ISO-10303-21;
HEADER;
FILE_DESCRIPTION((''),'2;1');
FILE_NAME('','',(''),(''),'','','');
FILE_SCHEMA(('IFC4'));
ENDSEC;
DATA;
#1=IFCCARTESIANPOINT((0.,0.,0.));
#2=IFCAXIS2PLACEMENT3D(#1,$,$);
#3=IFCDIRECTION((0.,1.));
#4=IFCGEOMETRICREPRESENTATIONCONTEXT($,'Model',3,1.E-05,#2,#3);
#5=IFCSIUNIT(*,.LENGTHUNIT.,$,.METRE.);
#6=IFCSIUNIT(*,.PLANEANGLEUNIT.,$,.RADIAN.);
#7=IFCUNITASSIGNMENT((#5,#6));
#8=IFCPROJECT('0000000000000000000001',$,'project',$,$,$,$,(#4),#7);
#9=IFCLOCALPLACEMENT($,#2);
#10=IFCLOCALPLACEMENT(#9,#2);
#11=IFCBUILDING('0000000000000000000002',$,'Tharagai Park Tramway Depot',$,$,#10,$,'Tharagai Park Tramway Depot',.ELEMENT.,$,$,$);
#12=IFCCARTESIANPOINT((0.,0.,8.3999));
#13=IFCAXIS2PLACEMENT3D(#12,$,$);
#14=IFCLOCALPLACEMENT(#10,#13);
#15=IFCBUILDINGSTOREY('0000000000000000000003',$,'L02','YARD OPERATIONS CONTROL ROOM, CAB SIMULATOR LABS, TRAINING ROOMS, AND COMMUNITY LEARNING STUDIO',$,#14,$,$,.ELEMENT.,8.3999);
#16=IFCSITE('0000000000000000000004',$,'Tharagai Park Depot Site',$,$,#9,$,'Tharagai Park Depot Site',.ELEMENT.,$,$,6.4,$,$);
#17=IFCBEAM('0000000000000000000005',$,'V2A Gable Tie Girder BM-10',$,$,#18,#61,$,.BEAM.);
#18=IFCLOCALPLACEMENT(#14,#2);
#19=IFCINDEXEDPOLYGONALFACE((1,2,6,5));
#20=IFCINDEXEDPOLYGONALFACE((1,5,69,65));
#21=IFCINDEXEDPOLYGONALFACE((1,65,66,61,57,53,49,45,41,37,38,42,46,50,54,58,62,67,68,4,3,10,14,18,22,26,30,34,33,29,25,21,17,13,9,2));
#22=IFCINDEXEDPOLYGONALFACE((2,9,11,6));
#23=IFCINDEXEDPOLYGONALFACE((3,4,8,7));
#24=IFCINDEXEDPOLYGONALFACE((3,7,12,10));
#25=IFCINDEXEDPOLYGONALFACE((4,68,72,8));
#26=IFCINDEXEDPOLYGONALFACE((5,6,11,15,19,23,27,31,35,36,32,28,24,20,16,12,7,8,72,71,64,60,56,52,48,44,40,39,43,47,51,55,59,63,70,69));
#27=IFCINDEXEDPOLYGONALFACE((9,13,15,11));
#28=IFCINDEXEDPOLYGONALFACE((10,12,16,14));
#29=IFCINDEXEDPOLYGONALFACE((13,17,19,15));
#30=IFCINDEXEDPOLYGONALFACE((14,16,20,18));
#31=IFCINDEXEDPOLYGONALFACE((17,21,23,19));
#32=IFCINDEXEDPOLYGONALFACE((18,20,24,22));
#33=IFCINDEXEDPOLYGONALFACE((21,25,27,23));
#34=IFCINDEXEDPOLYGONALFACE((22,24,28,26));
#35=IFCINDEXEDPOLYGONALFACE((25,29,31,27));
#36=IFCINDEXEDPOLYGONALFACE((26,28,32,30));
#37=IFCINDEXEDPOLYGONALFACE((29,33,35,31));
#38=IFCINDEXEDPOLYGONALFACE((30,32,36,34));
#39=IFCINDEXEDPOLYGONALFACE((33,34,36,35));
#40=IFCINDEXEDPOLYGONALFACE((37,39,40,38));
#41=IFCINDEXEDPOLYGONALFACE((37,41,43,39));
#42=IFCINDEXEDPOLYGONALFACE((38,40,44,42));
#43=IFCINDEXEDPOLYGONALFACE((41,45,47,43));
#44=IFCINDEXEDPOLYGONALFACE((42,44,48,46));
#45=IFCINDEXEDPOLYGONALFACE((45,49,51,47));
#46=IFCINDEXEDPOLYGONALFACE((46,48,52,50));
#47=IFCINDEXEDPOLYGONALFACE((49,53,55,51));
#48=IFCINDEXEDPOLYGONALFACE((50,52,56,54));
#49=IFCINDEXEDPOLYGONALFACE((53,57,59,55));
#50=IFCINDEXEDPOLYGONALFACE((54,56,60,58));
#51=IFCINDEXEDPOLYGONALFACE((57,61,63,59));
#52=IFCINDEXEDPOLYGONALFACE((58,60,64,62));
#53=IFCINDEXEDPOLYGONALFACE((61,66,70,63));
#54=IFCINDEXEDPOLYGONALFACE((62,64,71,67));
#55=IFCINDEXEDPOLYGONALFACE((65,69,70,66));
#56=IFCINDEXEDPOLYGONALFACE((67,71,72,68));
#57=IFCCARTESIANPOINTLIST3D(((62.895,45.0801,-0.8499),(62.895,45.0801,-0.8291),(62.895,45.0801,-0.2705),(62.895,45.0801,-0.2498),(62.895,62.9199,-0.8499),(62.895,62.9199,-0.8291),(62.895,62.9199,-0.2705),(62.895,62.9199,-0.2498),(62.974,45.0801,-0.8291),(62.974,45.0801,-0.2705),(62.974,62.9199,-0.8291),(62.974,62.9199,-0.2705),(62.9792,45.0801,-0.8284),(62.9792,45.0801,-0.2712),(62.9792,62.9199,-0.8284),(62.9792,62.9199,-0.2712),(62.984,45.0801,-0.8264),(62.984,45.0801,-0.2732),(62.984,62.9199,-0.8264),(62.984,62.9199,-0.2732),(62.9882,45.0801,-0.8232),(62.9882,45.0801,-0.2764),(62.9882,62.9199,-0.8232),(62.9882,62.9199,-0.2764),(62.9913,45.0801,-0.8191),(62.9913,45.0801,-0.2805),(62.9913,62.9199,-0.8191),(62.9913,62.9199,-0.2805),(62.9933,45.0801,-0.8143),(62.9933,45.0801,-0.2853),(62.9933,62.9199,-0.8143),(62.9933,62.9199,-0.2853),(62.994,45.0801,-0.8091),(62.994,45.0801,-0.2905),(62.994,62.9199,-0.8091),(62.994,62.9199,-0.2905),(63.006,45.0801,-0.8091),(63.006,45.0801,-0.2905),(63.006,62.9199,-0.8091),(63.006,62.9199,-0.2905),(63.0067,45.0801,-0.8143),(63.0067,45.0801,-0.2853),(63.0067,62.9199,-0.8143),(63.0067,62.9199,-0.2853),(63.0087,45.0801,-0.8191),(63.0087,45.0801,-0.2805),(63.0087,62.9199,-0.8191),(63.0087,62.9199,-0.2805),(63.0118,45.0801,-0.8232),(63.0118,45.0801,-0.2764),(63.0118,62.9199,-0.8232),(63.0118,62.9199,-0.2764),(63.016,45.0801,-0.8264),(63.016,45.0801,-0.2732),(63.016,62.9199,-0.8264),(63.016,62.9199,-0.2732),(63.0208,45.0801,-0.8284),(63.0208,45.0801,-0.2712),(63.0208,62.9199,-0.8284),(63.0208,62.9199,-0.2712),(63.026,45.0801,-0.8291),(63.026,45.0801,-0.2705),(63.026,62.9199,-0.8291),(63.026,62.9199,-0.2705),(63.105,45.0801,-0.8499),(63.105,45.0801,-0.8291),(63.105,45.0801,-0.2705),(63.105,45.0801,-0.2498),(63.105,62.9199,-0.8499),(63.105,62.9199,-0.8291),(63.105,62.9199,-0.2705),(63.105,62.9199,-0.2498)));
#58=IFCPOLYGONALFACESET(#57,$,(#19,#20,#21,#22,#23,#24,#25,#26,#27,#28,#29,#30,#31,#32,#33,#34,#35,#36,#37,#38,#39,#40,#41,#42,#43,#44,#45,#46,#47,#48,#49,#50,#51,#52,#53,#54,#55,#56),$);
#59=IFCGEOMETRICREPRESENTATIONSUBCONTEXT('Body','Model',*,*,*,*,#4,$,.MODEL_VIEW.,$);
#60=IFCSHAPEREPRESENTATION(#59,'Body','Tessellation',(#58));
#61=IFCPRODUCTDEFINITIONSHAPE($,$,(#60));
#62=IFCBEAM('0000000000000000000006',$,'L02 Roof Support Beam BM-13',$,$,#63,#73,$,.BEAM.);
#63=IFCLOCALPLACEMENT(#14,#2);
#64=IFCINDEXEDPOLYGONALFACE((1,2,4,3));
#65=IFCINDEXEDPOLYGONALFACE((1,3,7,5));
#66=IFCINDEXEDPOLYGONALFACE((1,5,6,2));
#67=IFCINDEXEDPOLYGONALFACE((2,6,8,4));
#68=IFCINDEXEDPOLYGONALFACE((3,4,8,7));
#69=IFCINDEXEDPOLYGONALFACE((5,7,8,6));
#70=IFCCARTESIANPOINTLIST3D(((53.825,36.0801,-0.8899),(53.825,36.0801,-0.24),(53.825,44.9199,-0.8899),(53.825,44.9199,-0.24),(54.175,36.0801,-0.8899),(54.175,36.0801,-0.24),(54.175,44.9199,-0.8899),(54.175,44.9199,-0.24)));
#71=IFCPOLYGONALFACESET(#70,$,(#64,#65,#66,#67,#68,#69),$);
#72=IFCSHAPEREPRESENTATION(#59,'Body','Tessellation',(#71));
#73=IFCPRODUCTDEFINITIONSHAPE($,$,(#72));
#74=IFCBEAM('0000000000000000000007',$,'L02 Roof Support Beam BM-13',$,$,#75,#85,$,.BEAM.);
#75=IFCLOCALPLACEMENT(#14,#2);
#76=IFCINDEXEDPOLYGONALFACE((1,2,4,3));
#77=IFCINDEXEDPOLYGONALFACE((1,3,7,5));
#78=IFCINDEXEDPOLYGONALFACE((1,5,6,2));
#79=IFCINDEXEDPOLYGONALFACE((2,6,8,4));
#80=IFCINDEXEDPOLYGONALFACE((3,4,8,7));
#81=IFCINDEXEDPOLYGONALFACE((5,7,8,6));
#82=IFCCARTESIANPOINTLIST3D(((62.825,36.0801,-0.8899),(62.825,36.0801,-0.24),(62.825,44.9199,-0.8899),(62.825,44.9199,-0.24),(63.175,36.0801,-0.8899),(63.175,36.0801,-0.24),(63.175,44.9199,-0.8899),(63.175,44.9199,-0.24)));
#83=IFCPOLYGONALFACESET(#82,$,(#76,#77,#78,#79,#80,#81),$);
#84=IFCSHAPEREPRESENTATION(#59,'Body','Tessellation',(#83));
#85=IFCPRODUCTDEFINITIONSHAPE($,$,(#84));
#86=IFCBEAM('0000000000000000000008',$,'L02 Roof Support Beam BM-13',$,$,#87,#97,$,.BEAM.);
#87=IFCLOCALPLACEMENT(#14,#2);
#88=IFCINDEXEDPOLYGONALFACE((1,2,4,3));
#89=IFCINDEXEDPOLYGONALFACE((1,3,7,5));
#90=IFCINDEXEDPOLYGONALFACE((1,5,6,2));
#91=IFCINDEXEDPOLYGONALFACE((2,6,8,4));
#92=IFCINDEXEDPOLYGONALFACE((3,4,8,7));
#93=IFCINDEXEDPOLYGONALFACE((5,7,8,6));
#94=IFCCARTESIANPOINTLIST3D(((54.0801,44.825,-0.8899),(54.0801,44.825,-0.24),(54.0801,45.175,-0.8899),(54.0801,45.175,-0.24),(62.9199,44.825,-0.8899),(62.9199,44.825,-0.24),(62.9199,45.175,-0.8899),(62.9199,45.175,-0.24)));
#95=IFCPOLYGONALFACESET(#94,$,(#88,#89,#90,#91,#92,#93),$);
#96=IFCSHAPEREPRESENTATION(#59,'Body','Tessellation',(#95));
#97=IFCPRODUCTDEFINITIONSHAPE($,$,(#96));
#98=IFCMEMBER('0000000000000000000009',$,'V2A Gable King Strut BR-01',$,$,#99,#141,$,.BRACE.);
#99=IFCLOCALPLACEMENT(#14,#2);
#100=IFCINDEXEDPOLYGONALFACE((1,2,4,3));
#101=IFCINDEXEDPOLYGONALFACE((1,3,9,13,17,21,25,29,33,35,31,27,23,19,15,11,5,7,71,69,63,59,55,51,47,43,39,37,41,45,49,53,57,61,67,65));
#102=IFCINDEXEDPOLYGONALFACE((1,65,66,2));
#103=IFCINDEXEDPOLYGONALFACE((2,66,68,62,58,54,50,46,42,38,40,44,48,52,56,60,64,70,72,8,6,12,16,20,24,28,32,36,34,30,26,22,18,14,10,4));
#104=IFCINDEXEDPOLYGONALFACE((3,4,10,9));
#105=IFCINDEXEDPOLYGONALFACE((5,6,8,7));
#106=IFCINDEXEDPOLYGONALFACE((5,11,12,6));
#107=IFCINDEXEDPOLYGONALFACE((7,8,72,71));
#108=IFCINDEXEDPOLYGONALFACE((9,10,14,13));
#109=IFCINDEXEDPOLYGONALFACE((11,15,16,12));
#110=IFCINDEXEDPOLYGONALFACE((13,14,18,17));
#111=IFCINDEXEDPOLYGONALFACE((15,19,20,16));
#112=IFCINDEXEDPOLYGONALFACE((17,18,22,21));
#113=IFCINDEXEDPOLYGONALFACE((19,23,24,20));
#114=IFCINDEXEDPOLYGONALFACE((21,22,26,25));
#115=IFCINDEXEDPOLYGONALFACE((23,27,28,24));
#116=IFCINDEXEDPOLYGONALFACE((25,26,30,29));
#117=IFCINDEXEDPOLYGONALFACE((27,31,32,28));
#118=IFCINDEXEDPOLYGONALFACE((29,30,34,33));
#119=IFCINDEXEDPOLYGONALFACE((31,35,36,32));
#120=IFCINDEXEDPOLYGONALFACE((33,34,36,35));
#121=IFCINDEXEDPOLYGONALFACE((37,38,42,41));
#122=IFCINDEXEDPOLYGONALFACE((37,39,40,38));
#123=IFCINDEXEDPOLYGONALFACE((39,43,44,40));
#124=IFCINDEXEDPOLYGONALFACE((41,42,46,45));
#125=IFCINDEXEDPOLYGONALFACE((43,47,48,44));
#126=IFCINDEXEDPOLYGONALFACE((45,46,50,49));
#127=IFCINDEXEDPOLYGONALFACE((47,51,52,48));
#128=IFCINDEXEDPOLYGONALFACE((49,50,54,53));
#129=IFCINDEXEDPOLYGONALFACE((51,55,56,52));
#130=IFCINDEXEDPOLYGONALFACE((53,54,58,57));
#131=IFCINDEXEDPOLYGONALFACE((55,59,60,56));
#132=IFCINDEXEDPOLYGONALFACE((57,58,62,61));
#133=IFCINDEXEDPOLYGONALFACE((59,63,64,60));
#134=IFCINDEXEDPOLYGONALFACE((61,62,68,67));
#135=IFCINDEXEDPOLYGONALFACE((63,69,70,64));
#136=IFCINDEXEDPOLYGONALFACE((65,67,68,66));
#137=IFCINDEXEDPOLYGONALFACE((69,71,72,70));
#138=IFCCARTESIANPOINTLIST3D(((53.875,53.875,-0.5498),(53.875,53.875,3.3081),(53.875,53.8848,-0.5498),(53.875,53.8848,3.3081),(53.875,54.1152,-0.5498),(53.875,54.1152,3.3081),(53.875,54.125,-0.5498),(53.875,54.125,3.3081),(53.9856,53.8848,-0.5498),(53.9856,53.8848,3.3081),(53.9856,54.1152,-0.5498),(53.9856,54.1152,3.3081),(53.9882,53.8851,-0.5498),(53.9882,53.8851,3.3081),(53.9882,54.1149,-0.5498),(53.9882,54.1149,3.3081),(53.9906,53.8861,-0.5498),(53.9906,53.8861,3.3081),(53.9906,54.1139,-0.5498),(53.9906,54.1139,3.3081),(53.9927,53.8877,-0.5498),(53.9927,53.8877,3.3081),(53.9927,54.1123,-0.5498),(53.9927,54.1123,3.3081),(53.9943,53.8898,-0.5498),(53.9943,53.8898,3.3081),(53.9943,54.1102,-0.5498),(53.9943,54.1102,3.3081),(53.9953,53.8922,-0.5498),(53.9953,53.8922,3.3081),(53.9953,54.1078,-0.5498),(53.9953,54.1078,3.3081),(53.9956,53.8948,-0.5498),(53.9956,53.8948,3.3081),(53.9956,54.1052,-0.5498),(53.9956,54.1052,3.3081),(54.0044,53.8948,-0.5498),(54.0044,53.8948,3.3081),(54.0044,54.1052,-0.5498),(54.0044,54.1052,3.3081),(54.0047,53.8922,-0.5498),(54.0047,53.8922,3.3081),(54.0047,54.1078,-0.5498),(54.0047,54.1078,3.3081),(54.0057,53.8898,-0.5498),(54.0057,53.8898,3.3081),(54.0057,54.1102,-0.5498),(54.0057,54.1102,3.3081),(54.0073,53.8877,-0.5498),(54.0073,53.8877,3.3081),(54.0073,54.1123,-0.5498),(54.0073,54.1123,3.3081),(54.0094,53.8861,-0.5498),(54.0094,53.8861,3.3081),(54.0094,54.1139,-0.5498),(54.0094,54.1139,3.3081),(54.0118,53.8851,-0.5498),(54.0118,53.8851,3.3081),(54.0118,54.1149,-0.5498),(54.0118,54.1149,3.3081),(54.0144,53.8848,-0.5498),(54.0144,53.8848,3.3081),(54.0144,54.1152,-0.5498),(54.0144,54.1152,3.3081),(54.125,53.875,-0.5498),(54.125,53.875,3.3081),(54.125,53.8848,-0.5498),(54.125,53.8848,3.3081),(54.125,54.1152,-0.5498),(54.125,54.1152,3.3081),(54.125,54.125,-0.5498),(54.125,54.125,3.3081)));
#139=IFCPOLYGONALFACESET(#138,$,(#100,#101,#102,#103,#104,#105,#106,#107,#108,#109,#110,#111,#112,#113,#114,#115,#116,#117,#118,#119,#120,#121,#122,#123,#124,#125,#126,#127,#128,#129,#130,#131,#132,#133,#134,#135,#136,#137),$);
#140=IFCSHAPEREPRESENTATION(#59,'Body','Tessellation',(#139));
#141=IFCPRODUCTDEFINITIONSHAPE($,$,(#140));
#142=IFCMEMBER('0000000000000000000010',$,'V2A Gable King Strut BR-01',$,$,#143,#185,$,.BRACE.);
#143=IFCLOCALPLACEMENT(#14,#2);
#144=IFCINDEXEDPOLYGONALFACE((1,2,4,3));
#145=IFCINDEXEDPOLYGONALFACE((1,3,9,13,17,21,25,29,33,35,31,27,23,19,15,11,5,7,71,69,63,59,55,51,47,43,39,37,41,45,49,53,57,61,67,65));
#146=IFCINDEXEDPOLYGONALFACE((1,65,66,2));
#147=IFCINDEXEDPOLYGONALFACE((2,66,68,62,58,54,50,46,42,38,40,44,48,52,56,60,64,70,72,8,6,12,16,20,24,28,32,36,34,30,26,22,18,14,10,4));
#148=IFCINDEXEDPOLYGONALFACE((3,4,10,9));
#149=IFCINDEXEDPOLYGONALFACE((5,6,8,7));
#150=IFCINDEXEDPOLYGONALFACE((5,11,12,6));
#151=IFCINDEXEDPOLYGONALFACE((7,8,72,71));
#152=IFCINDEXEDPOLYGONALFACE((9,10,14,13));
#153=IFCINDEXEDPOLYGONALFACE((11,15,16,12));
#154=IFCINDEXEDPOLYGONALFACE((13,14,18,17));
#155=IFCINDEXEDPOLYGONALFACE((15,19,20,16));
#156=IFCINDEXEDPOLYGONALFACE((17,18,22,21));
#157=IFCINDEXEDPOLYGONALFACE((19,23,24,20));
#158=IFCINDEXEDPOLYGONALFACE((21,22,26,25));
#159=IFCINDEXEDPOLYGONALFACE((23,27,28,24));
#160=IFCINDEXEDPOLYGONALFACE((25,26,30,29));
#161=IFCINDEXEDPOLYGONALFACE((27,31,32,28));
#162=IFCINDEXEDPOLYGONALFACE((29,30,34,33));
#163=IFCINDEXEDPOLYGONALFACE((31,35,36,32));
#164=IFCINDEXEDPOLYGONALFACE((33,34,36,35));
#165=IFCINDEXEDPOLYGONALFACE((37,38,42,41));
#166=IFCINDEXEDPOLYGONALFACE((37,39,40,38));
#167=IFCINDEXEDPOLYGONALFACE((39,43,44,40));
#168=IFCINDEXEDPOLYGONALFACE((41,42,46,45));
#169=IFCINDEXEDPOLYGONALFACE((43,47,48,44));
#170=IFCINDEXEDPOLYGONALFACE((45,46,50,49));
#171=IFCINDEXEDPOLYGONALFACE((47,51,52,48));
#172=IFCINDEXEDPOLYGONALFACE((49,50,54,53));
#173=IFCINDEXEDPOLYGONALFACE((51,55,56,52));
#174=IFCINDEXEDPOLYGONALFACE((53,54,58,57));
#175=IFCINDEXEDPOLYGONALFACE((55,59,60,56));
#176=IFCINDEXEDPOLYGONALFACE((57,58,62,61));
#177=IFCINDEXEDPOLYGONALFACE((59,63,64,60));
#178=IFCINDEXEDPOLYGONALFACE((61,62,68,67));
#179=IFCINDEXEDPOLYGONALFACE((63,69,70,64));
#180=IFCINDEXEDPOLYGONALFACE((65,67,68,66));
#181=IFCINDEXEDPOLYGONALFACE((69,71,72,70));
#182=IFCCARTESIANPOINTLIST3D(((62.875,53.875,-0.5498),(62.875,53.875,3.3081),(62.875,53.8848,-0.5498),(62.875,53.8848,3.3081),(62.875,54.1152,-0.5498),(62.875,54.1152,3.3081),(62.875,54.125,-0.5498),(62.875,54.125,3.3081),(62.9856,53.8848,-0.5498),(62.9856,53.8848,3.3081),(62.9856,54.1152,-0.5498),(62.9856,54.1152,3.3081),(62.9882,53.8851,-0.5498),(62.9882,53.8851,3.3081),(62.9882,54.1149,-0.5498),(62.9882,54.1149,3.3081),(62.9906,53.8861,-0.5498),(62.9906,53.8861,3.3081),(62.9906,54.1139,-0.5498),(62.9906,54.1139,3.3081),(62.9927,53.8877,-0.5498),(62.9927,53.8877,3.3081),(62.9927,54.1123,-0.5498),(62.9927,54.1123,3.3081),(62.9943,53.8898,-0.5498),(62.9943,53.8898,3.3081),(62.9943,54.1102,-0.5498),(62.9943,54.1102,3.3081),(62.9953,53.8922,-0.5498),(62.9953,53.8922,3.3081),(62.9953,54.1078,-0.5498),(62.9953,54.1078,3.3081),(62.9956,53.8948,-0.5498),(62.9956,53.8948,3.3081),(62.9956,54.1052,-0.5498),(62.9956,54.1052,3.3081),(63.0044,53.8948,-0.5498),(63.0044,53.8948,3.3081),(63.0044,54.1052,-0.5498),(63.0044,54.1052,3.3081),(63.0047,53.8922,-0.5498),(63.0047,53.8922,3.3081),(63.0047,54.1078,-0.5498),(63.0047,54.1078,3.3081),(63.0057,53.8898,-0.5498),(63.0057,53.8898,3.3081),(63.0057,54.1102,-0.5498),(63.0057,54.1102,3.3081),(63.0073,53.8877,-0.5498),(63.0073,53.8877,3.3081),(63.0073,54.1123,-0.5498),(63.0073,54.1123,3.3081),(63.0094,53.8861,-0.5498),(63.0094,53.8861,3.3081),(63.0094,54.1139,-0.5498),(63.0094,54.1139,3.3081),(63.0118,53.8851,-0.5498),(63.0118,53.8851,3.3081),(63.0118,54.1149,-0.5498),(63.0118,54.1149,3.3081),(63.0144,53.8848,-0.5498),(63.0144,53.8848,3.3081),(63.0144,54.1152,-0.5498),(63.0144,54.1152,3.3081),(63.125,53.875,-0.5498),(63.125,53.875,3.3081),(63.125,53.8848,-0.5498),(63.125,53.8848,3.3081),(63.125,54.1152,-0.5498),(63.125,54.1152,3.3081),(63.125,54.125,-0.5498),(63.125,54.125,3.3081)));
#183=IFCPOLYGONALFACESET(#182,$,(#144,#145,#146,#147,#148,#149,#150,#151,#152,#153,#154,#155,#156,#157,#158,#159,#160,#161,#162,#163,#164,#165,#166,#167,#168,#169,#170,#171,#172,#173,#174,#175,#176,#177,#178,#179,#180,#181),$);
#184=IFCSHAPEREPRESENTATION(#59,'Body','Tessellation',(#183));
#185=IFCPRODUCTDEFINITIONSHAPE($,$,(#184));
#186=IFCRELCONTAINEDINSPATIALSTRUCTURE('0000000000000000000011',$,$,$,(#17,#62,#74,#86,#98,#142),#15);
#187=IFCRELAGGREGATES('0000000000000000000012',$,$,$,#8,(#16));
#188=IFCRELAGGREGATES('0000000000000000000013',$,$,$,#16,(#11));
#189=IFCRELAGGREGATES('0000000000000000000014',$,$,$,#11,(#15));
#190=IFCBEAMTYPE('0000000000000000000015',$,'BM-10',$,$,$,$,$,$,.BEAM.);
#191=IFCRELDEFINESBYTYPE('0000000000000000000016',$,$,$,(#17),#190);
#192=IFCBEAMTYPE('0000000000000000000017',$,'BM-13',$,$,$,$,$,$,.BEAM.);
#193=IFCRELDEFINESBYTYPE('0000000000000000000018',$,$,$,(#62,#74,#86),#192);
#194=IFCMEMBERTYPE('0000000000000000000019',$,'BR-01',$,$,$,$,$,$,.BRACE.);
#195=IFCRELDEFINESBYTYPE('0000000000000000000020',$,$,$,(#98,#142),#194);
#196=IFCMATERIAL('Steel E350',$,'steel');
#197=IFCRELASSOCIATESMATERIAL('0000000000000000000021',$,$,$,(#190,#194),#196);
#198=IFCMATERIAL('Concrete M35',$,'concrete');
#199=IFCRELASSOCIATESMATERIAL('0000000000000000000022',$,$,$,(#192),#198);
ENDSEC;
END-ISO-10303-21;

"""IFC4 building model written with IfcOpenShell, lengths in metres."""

from ifc_helpers import new_model, si_unit, direction, frame, origin, origin_2d, place, context, subcontext, project, spatial, rectangle, i_section, extrude, material, material_profile, profile_set, type_object, element, save


model = new_model("IFC4")

# Units and contexts
model_context = context("Model", 3, precision=1e-05, world=origin(), true_north=direction((0.0, 1.0)))
body_context = subcontext(model_context, "Body", "Model", "MODEL_VIEW")
ifc_project = project(units=[si_unit("LENGTHUNIT", "METRE"), si_unit("PLANEANGLEUNIT", "RADIAN")], contexts=[model_context])

# Site, building, storey
site_placement = place(None, origin())
site = spatial("IfcSite", under=ifc_project, at=site_placement, Name="Tharagai Park Depot Site", LongName="Tharagai Park Depot Site", CompositionType="ELEMENT", RefElevation=6.4)
building_placement = place(site_placement, origin())
building = spatial("IfcBuilding", under=site, at=building_placement, Name="Tharagai Park Tramway Depot", LongName="Tharagai Park Tramway Depot", CompositionType="ELEMENT")
storey_placement = place(building_placement, frame((0.0, 0.0, 8.3999)))
storey = spatial("IfcBuildingStorey", under=building, at=storey_placement, Name="L02", Description="YARD OPERATIONS CONTROL ROOM, CAB SIMULATOR LABS, TRAINING ROOMS, AND COMMUNITY LEARNING STUDIO", CompositionType="ELEMENT", Elevation=8.3999)

# Beams
ifc_material_1 = material(Name="Steel E350", Category="steel")
ifc_material_profile_1 = material_profile(ifc_material_1, i_section(OverallWidth=0.21, OverallDepth=0.6001, WebThickness=0.012, FlangeThickness=0.0208, FilletRadius=0.02, at=origin_2d()), Name="ISMB 600")
ifc_profile_set_1 = profile_set([ifc_material_profile_1], Name="Steel E350")
beam_type_1 = type_object("IfcBeamType", Name="BM-10", PredefinedType="BEAM", material=ifc_profile_set_1)
for number, where, z_axis, x_axis, name in (
    (1, (63.0, 45.0801, -0.5498), (0.0, 1.0, 0.0), (-1.0, 0.0, 0.0), "V2A Gable Tie Girder BM-10"),
):
    element("IfcBeam", number, at=place(storey_placement, frame(where, z_axis=z_axis, x_axis=x_axis)), inside=storey, type_object=beam_type_1, Name=name, PredefinedType="BEAM", context=body_context, shape_type="SweptSolid", body=[
        extrude(i_section(OverallWidth=0.21, OverallDepth=0.6001, WebThickness=0.012, FlangeThickness=0.0208, FilletRadius=0.02, at=origin_2d()), origin(), (0.0, 0.0, 1.0), 17.8398),
    ])
ifc_material_2 = material(Name="Concrete M35", Category="concrete")
ifc_material_profile_2 = material_profile(ifc_material_2, rectangle(XDim=0.3501, YDim=0.6499, at=origin_2d()), Name="RC 350x650")
ifc_profile_set_2 = profile_set([ifc_material_profile_2], Name="Concrete M35")
beam_type_2 = type_object("IfcBeamType", Name="BM-13", PredefinedType="BEAM", material=ifc_profile_set_2)
for number, where, z_axis, x_axis, name in (
    (2, (54.0, 36.0801, -0.5649), (0.0, 1.0, 0.0), (-1.0, 0.0, 0.0), "L02 Roof Support Beam BM-13"),
    (3, (63.0, 36.0801, -0.5649), (0.0, 1.0, 0.0), (-1.0, 0.0, 0.0), "L02 Roof Support Beam BM-13"),
    (4, (54.0801, 45.0, -0.5649), (1.0, 0.0, 0.0), (0.0, 1.0, 0.0), "L02 Roof Support Beam BM-13"),
):
    element("IfcBeam", number, at=place(storey_placement, frame(where, z_axis=z_axis, x_axis=x_axis)), inside=storey, type_object=beam_type_2, Name=name, PredefinedType="BEAM", context=body_context, shape_type="SweptSolid", body=[
        extrude(rectangle(XDim=0.3501, YDim=0.6499, at=origin_2d()), origin(), (0.0, 0.0, 1.0), 8.8398),
    ])

# Members
ifc_material_profile_3 = material_profile(ifc_material_1, i_section(OverallWidth=0.25, OverallDepth=0.25, WebThickness=0.0088, FlangeThickness=0.0098, FilletRadius=0.01, at=origin_2d()), Name="ISHB 250")
ifc_profile_set_3 = profile_set([ifc_material_profile_3], Name="Steel E350")
member_type_1 = type_object("IfcMemberType", Name="BR-01", PredefinedType="BRACE", material=ifc_profile_set_3)
for number, where, z_axis, x_axis, name in (
    (5, (54.0, 54.0, -0.5498), (0.0, 0.0, 1.0), (1.0, 0.0, 0.0), "V2A Gable King Strut BR-01"),
    (6, (63.0, 54.0, -0.5498), (0.0, 0.0, 1.0), (1.0, 0.0, 0.0), "V2A Gable King Strut BR-01"),
):
    element("IfcMember", number, at=place(storey_placement, frame(where, z_axis=z_axis, x_axis=x_axis)), inside=storey, type_object=member_type_1, Name=name, PredefinedType="BRACE", context=body_context, shape_type="SweptSolid", body=[
        extrude(i_section(OverallWidth=0.25, OverallDepth=0.25, WebThickness=0.0088, FlangeThickness=0.0098, FilletRadius=0.01, at=origin_2d()), origin(), (0.0, 0.0, 1.0), 3.8579),
    ])

save(model, "model.ifc")
